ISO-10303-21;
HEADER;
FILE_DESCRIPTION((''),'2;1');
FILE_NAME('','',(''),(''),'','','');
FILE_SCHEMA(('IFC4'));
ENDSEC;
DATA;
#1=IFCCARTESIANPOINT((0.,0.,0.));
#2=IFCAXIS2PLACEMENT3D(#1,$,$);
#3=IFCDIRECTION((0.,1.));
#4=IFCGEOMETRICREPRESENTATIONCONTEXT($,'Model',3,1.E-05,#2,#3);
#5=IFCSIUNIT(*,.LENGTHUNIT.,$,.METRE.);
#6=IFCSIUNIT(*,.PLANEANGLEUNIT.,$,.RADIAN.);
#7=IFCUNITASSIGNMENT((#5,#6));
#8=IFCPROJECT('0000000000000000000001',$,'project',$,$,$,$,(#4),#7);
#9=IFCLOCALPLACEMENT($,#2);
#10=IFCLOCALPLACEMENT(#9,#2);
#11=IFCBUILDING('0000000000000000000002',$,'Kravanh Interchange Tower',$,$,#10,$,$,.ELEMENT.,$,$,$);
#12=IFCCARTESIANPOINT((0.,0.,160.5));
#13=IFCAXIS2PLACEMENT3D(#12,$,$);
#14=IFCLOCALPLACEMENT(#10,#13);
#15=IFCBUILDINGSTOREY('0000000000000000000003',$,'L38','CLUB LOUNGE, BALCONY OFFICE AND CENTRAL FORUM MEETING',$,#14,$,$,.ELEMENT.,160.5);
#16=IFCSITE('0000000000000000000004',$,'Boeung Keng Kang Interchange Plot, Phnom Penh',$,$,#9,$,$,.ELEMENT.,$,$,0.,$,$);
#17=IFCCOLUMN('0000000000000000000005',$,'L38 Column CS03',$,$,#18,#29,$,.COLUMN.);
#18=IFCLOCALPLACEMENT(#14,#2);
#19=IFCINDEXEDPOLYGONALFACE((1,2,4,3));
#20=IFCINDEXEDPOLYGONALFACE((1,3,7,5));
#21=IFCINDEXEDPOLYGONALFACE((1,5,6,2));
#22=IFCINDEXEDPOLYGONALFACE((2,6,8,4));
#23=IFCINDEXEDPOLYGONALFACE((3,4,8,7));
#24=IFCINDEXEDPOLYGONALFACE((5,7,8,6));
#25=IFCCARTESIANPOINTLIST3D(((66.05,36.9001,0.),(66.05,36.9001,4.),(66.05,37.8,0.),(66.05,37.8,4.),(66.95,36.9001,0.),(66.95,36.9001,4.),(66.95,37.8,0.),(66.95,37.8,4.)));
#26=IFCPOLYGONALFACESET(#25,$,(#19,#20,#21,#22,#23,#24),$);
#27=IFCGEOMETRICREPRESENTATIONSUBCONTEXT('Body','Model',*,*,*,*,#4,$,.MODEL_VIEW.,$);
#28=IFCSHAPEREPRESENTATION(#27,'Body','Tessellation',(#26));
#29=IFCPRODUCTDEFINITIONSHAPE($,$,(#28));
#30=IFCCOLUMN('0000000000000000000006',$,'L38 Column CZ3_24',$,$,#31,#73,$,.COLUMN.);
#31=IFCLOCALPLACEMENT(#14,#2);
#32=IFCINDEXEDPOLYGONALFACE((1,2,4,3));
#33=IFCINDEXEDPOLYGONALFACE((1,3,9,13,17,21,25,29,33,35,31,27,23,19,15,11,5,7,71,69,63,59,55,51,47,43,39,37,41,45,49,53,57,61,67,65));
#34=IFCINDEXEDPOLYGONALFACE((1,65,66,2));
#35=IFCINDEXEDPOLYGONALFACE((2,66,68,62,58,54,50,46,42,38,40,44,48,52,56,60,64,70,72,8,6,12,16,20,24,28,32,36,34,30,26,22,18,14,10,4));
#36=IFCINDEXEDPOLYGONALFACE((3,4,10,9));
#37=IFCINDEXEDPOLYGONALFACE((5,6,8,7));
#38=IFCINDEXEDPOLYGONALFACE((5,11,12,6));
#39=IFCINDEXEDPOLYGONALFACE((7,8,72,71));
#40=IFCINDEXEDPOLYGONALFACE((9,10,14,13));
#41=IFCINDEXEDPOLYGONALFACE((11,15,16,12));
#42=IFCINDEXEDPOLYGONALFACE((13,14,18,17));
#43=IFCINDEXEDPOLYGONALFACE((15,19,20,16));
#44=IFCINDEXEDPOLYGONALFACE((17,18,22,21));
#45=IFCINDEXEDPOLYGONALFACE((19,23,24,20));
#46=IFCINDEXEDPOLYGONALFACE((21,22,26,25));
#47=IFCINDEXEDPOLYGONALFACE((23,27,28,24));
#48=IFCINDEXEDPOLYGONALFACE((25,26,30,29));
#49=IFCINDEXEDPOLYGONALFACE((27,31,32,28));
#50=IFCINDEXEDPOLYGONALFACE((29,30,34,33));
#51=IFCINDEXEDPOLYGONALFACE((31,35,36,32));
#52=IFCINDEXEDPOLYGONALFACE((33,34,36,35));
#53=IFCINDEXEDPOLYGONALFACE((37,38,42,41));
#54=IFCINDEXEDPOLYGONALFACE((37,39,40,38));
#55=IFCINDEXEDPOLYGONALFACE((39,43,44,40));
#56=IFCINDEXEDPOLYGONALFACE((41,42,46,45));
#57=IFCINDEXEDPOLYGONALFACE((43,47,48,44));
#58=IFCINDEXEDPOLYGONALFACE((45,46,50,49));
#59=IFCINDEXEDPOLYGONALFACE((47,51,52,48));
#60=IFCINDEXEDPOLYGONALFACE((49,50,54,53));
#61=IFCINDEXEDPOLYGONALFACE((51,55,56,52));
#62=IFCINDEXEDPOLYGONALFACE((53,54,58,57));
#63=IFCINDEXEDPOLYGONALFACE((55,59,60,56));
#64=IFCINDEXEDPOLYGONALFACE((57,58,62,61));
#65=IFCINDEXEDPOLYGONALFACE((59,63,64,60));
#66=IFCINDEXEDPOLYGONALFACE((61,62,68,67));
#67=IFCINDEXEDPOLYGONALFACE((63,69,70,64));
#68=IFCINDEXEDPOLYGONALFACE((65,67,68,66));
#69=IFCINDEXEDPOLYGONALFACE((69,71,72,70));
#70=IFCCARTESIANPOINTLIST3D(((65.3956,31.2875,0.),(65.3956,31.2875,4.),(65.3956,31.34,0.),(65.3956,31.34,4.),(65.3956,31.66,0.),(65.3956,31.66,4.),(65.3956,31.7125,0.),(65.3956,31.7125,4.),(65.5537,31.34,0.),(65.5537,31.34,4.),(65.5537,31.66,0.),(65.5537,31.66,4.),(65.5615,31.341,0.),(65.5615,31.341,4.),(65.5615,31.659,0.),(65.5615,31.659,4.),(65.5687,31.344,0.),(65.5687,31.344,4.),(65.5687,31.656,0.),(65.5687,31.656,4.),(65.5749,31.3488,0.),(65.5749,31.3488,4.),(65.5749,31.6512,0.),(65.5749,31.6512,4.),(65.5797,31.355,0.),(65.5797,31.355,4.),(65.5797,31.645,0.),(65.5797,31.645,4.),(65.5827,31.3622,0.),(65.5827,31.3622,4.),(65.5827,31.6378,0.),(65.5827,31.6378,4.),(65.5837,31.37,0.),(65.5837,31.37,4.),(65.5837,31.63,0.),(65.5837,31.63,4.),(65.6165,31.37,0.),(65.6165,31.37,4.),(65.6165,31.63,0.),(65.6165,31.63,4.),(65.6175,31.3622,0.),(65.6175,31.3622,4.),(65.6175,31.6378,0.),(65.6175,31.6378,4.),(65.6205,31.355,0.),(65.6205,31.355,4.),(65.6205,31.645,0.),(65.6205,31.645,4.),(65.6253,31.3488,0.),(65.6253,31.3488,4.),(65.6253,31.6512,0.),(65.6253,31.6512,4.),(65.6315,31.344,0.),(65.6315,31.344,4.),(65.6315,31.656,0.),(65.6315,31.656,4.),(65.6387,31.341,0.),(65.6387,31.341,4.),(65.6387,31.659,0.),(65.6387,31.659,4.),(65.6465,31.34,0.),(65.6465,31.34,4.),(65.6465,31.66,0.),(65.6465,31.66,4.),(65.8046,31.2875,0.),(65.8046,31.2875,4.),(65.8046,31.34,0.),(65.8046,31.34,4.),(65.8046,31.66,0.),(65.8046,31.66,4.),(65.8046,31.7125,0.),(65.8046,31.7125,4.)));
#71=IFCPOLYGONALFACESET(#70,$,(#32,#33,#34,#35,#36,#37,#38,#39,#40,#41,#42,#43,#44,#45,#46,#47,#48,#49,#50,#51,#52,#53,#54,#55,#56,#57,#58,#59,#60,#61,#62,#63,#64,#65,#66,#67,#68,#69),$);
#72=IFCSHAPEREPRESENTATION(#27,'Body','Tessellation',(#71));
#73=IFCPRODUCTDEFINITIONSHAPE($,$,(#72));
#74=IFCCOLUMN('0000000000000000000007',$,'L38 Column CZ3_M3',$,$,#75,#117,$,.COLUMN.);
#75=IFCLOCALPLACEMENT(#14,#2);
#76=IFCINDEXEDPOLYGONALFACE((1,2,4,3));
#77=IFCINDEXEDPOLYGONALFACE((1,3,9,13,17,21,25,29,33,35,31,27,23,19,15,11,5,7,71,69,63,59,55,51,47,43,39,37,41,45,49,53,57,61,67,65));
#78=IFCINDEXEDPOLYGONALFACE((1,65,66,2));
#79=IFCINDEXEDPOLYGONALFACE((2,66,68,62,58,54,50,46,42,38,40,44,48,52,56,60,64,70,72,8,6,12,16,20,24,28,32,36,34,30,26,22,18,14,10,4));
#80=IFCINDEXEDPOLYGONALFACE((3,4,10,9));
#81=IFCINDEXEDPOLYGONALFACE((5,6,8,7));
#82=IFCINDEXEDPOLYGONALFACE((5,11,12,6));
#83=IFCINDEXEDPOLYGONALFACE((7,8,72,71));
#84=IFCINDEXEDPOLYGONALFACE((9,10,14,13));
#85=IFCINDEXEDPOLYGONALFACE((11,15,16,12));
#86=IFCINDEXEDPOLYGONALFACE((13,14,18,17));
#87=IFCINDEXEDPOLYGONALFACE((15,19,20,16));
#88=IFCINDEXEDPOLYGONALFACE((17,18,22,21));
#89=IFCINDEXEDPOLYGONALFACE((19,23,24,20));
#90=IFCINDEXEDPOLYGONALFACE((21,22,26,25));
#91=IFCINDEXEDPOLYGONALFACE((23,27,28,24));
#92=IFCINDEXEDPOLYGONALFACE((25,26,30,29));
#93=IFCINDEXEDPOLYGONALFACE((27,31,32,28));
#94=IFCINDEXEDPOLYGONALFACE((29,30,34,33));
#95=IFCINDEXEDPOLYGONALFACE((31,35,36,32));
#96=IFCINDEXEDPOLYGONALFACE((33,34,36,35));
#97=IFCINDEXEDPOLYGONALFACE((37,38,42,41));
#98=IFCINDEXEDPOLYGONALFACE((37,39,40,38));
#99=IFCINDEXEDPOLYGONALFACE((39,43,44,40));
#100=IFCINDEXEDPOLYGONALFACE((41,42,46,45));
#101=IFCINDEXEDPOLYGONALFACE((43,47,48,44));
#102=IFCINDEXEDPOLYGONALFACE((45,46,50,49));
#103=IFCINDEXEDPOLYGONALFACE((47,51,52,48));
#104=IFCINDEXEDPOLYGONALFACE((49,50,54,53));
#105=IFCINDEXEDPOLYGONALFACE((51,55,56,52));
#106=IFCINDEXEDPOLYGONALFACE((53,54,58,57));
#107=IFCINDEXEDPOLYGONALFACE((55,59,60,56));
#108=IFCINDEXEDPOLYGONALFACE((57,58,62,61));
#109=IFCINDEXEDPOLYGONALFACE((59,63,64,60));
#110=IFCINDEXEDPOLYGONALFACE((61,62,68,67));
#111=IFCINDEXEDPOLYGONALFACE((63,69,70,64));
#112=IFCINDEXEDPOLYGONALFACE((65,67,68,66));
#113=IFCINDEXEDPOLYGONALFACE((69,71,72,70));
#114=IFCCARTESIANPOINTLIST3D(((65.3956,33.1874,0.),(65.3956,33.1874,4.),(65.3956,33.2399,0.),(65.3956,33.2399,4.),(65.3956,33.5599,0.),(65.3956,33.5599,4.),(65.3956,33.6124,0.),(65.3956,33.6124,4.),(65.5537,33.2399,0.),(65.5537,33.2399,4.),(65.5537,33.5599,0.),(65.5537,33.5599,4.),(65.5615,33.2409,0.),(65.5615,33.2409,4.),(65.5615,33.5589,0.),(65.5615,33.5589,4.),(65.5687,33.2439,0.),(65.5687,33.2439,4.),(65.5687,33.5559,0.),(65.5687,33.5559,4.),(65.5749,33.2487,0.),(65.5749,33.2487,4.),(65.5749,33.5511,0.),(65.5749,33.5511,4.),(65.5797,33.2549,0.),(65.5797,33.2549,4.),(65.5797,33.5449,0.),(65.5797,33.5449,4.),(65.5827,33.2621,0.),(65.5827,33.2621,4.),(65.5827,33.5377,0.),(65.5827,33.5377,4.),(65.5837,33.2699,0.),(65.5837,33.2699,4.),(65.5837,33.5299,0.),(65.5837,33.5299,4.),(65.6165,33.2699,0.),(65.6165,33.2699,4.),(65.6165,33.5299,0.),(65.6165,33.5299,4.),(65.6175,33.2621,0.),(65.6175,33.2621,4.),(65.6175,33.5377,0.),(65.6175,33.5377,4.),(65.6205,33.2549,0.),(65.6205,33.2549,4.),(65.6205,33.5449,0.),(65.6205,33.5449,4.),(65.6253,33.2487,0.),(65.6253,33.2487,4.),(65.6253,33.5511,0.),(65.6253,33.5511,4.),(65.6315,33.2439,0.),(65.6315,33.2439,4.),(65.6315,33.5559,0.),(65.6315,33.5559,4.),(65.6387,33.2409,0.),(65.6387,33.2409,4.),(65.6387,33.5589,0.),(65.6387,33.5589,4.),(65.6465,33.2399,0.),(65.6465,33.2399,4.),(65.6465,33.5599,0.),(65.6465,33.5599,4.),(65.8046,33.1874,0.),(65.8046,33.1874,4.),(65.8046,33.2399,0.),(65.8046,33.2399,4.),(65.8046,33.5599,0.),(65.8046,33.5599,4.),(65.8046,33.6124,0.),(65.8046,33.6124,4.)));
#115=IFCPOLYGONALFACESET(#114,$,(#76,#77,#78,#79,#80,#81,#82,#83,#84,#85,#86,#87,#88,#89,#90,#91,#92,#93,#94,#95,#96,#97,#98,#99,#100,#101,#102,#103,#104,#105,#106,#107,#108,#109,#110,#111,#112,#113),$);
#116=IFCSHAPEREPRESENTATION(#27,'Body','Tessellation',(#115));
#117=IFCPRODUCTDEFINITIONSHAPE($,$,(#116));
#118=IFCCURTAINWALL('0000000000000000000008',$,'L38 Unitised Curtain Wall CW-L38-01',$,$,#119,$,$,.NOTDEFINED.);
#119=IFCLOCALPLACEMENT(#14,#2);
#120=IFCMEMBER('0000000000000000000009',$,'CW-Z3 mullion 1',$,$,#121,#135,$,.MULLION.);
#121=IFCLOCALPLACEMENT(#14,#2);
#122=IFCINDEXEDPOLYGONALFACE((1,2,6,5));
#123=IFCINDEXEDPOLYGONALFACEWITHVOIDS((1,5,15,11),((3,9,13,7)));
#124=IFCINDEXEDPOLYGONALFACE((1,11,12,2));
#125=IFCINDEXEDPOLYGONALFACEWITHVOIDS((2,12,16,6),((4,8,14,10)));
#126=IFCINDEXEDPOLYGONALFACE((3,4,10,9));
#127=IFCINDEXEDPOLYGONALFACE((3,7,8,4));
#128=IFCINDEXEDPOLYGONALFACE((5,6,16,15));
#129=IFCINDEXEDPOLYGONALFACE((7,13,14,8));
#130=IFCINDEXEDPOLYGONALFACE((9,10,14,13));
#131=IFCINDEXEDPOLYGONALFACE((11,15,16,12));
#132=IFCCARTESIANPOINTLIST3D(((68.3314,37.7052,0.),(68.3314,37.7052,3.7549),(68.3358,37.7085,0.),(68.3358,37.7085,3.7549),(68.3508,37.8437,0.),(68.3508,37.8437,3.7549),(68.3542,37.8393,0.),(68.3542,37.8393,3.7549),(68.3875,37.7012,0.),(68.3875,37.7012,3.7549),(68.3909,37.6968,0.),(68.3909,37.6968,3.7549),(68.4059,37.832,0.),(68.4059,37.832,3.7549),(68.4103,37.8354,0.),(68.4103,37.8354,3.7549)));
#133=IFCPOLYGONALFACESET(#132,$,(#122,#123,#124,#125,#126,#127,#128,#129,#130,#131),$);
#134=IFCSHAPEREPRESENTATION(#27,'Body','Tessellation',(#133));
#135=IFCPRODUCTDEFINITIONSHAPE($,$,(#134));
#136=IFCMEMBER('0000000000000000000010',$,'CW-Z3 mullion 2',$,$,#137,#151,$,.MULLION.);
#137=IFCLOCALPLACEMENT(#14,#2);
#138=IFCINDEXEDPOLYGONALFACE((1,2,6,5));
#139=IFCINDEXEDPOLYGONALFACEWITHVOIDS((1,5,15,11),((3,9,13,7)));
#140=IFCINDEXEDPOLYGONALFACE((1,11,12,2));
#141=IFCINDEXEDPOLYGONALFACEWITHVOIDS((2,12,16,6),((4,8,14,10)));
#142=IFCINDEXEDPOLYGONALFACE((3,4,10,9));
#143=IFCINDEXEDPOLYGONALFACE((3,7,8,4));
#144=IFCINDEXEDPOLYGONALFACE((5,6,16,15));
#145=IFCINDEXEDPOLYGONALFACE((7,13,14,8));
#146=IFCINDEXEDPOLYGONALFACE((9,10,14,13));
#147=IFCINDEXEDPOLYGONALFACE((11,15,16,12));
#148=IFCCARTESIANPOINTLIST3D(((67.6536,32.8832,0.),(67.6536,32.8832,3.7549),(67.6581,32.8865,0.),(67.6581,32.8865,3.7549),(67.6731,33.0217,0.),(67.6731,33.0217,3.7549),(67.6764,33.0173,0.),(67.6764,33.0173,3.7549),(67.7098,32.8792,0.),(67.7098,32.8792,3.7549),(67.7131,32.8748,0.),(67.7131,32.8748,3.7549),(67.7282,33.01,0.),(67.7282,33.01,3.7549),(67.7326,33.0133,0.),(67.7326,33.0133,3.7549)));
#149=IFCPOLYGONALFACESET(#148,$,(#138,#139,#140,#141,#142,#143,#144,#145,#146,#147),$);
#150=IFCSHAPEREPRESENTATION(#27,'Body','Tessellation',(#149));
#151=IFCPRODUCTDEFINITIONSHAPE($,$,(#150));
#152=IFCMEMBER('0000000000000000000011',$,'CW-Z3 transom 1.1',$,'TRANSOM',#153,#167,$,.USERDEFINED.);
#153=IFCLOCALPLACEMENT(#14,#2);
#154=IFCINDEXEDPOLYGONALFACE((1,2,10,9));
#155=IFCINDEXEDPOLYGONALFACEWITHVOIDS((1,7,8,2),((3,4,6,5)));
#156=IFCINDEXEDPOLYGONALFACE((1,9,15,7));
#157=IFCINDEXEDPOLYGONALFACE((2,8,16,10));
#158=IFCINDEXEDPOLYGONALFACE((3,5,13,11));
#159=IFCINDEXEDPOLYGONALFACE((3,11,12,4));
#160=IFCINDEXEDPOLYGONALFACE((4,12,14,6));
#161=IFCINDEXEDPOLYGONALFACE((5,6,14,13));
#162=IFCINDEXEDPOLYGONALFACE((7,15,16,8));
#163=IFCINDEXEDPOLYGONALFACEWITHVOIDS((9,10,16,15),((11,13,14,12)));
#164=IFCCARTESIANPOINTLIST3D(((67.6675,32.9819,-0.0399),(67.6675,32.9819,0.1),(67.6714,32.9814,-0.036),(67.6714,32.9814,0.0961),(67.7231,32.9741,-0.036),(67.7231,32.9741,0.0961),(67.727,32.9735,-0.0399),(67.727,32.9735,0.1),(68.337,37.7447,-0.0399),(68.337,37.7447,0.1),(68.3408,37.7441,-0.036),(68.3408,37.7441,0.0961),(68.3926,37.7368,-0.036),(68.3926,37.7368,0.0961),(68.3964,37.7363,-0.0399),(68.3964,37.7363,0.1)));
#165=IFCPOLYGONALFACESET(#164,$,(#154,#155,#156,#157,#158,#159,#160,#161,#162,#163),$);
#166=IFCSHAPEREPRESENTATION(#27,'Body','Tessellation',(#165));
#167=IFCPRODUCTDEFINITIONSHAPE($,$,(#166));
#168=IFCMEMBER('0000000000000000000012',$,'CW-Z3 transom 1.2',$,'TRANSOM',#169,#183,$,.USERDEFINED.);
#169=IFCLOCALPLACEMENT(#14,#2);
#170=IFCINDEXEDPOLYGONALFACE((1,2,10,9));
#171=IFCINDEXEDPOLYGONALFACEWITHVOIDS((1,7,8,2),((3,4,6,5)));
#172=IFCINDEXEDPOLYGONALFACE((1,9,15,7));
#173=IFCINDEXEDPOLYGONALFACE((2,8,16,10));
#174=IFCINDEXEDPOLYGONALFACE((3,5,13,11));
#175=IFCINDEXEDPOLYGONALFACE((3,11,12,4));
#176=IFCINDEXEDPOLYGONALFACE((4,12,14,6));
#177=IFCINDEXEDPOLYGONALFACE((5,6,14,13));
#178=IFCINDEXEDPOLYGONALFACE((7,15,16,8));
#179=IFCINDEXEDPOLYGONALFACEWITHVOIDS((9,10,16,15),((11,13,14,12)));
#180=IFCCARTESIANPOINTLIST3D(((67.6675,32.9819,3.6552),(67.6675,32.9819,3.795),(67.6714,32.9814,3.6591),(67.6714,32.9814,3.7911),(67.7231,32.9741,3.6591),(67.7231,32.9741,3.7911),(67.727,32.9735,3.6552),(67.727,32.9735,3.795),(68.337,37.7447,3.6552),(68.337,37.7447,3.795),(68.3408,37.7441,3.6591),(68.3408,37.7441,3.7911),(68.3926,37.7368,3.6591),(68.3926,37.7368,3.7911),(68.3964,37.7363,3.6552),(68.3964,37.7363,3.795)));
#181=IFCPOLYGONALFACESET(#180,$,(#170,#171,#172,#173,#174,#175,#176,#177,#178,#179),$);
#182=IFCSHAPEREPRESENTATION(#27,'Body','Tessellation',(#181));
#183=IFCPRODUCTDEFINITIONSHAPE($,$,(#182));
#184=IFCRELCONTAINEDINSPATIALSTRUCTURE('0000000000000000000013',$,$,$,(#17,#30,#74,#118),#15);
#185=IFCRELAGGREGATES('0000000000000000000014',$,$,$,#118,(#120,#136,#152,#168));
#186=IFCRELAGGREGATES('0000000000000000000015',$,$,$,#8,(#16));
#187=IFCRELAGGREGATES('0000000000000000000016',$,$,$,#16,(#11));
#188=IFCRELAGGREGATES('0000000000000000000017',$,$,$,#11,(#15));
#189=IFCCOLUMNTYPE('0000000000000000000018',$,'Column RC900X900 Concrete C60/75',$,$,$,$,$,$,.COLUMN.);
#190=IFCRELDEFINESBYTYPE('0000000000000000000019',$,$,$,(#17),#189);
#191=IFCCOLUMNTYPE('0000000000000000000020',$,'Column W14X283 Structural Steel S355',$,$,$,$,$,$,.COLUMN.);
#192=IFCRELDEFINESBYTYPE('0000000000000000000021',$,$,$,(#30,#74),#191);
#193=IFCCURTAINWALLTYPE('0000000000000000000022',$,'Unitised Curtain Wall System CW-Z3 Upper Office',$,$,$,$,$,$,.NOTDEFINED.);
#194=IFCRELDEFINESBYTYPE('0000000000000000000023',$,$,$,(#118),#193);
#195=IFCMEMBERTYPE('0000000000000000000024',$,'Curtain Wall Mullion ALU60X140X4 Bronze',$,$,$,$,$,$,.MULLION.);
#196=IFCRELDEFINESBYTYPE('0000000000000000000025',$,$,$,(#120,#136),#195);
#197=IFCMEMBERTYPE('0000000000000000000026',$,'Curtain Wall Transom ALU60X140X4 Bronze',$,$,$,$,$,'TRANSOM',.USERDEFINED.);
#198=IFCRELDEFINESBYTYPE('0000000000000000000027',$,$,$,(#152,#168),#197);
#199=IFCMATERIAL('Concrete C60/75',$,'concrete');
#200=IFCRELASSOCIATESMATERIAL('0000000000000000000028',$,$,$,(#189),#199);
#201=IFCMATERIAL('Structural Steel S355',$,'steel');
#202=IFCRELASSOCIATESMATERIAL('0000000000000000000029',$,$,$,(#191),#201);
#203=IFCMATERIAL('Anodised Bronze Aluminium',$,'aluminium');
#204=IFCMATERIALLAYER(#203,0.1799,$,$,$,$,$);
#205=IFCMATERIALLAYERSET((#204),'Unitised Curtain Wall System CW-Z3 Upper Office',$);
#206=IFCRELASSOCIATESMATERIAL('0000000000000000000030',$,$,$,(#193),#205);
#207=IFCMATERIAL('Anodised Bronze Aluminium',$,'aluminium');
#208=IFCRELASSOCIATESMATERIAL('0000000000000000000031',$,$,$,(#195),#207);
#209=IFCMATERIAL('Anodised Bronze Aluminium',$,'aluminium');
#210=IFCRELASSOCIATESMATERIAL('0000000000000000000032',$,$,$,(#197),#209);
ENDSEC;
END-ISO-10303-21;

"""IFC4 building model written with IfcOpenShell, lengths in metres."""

from ifc_helpers import new_model, si_unit, direction, frame, origin, origin_2d, place, context, subcontext, project, spatial, rectangle, hollow_rectangle, i_section, extrude, material, layer, layer_set, material_profile, profile_set, type_object, element, aggregate, save


model = new_model("IFC4")

# Units and contexts
model_context = context("Model", 3, precision=1e-05, world=origin(), true_north=direction((0.0, 1.0)))
body_context = subcontext(model_context, "Body", "Model", "MODEL_VIEW")
ifc_project = project(units=[si_unit("LENGTHUNIT", "METRE"), si_unit("PLANEANGLEUNIT", "RADIAN")], contexts=[model_context])

# Site, building, storey
site_placement = place(None, origin())
site = spatial("IfcSite", under=ifc_project, at=site_placement, Name="Boeung Keng Kang Interchange Plot, Phnom Penh", CompositionType="ELEMENT", RefElevation=0.0)
building_placement = place(site_placement, origin())
building = spatial("IfcBuilding", under=site, at=building_placement, Name="Kravanh Interchange Tower", CompositionType="ELEMENT")
storey_placement = place(building_placement, frame((0.0, 0.0, 160.5)))
storey = spatial("IfcBuildingStorey", under=building, at=storey_placement, Name="L38", Description="CLUB LOUNGE, BALCONY OFFICE AND CENTRAL FORUM MEETING", CompositionType="ELEMENT", Elevation=160.5)

# Columns
ifc_material_1 = material(Name="Concrete C60/75", Category="concrete")
ifc_material_profile_1 = material_profile(ifc_material_1, rectangle(XDim=0.8999, YDim=0.8999, at=origin_2d()), Name="RC900X900")
ifc_profile_set_1 = profile_set([ifc_material_profile_1], Name="Concrete C60/75")
column_type_1 = type_object("IfcColumnType", Name="Column RC900X900 Concrete C60/75", PredefinedType="COLUMN", material=ifc_profile_set_1)
column_placement = place(storey_placement, frame((66.5, 37.3501, 0.0), z_axis=(0.0, 0.0, 1.0), x_axis=(1.0, 0.0, 0.0)))
element("IfcColumn", 1, at=column_placement, inside=storey, type_object=column_type_1, Name="L38 Column CS03", PredefinedType="COLUMN", context=body_context, shape_type="SweptSolid", body=[
    extrude(rectangle(XDim=0.8999, YDim=0.8999, at=origin_2d()), origin(), (0.0, 0.0, 1.0), 4.0),
])
ifc_material_2 = material(Name="Structural Steel S355", Category="steel")
ifc_material_profile_2 = material_profile(ifc_material_2, i_section(OverallWidth=0.4089, OverallDepth=0.425, WebThickness=0.0327, FlangeThickness=0.0525, FilletRadius=0.03, at=origin_2d()), Name="W14X283")
ifc_profile_set_2 = profile_set([ifc_material_profile_2], Name="Structural Steel S355")
column_type_2 = type_object("IfcColumnType", Name="Column W14X283 Structural Steel S355", PredefinedType="COLUMN", material=ifc_profile_set_2)
for number, where, z_axis, x_axis, name in (
    (2, (65.6001, 31.5, 0.0), (0.0, 0.0, 1.0), (1.0, 0.0, 0.0), "L38 Column CZ3_24"),
    (3, (65.6001, 33.3999, 0.0), (0.0, 0.0, 1.0), (1.0, 0.0, 0.0), "L38 Column CZ3_M3"),
):
    element("IfcColumn", number, at=place(storey_placement, frame(where, z_axis=z_axis, x_axis=x_axis)), inside=storey, type_object=column_type_2, Name=name, PredefinedType="COLUMN", context=body_context, shape_type="SweptSolid", body=[
        extrude(i_section(OverallWidth=0.4089, OverallDepth=0.425, WebThickness=0.0327, FlangeThickness=0.0525, FilletRadius=0.03, at=origin_2d()), origin(), (0.0, 0.0, 1.0), 4.0),
    ])

# Curtain wall, members
ifc_material_3 = material(Name="Anodised Bronze Aluminium", Category="aluminium")
ifc_layer_1 = layer(ifc_material_3, 0.1799)
ifc_layer_set_1 = layer_set([ifc_layer_1], Name="Unitised Curtain Wall System CW-Z3 Upper Office")
curtain_wall_type = type_object("IfcCurtainWallType", Name="Unitised Curtain Wall System CW-Z3 Upper Office", PredefinedType="NOTDEFINED", material=ifc_layer_set_1)
curtain_wall_placement = place(storey_placement, origin())
curtain_wall = element("IfcCurtainWall", 4, at=curtain_wall_placement, inside=storey, type_object=curtain_wall_type, Name="L38 Unitised Curtain Wall CW-L38-01", PredefinedType="NOTDEFINED")
ifc_material_4 = material(Name="Anodised Bronze Aluminium", Category="aluminium")
ifc_material_profile_3 = material_profile(ifc_material_4, hollow_rectangle(XDim=0.0601, YDim=0.1399, WallThickness=0.0039, at=origin_2d()), Name="ALU60X140X4")
ifc_profile_set_3 = profile_set([ifc_material_profile_3], Name="Anodised Bronze Aluminium")
member_type_1 = type_object("IfcMemberType", Name="Curtain Wall Mullion ALU60X140X4 Bronze", PredefinedType="MULLION", material=ifc_profile_set_3)
member_1_placement = place(storey_placement, frame((68.3708, 37.7703, 0.0), z_axis=(0.0, 0.0, 1.0), x_axis=(0.990268, -0.139172, 0.0)))
member_1 = element("IfcMember", 5, at=member_1_placement, type_object=member_type_1, Name="CW-Z3 mullion 1", PredefinedType="MULLION", context=body_context, shape_type="SweptSolid", body=[
    extrude(hollow_rectangle(XDim=0.0601, YDim=0.1399, WallThickness=0.0039, at=origin_2d()), origin(), (0.0, 0.0, 1.0), 3.7549),
])
member_2_placement = place(storey_placement, frame((67.6931, 32.9482, 0.0), z_axis=(0.0, 0.0, 1.0), x_axis=(0.990268, -0.139172, 0.0)))
member_2 = element("IfcMember", 6, at=member_2_placement, type_object=member_type_1, Name="CW-Z3 mullion 2", PredefinedType="MULLION", context=body_context, shape_type="SweptSolid", body=[
    extrude(hollow_rectangle(XDim=0.0601, YDim=0.1399, WallThickness=0.0039, at=origin_2d()), origin(), (0.0, 0.0, 1.0), 3.7549),
])
ifc_material_5 = material(Name="Anodised Bronze Aluminium", Category="aluminium")
ifc_material_profile_4 = material_profile(ifc_material_5, hollow_rectangle(XDim=0.0601, YDim=0.1399, WallThickness=0.0039, at=origin_2d()), Name="ALU60X140X4")
ifc_profile_set_4 = profile_set([ifc_material_profile_4], Name="Anodised Bronze Aluminium")
member_type_2 = type_object("IfcMemberType", Name="Curtain Wall Transom ALU60X140X4 Bronze", ElementType="TRANSOM", PredefinedType="USERDEFINED", material=ifc_profile_set_4)
member_3_placement = place(storey_placement, frame((68.3667, 37.7405, 0.03), z_axis=(-0.139189, -0.990266, 0.0), x_axis=(0.990266, -0.139189, 0.0)))
member_3 = element("IfcMember", 7, at=member_3_placement, type_object=member_type_2, Name="CW-Z3 transom 1.1", ObjectType="TRANSOM", PredefinedType="USERDEFINED", context=body_context, shape_type="SweptSolid", body=[
    extrude(hollow_rectangle(XDim=0.0601, YDim=0.1399, WallThickness=0.0039, at=origin_2d()), origin(), (0.0, 0.0, 1.0), 4.8096),
])
member_4_placement = place(storey_placement, frame((68.3667, 37.7405, 3.7251), z_axis=(-0.139189, -0.990266, 0.0), x_axis=(0.990266, -0.139189, 0.0)))
member_4 = element("IfcMember", 8, at=member_4_placement, type_object=member_type_2, Name="CW-Z3 transom 1.2", ObjectType="TRANSOM", PredefinedType="USERDEFINED", context=body_context, shape_type="SweptSolid", body=[
    extrude(hollow_rectangle(XDim=0.0601, YDim=0.1399, WallThickness=0.0039, at=origin_2d()), origin(), (0.0, 0.0, 1.0), 4.8096),
])

aggregate(curtain_wall, [member_1, member_2, member_3, member_4])

save(model, "model.ifc")
